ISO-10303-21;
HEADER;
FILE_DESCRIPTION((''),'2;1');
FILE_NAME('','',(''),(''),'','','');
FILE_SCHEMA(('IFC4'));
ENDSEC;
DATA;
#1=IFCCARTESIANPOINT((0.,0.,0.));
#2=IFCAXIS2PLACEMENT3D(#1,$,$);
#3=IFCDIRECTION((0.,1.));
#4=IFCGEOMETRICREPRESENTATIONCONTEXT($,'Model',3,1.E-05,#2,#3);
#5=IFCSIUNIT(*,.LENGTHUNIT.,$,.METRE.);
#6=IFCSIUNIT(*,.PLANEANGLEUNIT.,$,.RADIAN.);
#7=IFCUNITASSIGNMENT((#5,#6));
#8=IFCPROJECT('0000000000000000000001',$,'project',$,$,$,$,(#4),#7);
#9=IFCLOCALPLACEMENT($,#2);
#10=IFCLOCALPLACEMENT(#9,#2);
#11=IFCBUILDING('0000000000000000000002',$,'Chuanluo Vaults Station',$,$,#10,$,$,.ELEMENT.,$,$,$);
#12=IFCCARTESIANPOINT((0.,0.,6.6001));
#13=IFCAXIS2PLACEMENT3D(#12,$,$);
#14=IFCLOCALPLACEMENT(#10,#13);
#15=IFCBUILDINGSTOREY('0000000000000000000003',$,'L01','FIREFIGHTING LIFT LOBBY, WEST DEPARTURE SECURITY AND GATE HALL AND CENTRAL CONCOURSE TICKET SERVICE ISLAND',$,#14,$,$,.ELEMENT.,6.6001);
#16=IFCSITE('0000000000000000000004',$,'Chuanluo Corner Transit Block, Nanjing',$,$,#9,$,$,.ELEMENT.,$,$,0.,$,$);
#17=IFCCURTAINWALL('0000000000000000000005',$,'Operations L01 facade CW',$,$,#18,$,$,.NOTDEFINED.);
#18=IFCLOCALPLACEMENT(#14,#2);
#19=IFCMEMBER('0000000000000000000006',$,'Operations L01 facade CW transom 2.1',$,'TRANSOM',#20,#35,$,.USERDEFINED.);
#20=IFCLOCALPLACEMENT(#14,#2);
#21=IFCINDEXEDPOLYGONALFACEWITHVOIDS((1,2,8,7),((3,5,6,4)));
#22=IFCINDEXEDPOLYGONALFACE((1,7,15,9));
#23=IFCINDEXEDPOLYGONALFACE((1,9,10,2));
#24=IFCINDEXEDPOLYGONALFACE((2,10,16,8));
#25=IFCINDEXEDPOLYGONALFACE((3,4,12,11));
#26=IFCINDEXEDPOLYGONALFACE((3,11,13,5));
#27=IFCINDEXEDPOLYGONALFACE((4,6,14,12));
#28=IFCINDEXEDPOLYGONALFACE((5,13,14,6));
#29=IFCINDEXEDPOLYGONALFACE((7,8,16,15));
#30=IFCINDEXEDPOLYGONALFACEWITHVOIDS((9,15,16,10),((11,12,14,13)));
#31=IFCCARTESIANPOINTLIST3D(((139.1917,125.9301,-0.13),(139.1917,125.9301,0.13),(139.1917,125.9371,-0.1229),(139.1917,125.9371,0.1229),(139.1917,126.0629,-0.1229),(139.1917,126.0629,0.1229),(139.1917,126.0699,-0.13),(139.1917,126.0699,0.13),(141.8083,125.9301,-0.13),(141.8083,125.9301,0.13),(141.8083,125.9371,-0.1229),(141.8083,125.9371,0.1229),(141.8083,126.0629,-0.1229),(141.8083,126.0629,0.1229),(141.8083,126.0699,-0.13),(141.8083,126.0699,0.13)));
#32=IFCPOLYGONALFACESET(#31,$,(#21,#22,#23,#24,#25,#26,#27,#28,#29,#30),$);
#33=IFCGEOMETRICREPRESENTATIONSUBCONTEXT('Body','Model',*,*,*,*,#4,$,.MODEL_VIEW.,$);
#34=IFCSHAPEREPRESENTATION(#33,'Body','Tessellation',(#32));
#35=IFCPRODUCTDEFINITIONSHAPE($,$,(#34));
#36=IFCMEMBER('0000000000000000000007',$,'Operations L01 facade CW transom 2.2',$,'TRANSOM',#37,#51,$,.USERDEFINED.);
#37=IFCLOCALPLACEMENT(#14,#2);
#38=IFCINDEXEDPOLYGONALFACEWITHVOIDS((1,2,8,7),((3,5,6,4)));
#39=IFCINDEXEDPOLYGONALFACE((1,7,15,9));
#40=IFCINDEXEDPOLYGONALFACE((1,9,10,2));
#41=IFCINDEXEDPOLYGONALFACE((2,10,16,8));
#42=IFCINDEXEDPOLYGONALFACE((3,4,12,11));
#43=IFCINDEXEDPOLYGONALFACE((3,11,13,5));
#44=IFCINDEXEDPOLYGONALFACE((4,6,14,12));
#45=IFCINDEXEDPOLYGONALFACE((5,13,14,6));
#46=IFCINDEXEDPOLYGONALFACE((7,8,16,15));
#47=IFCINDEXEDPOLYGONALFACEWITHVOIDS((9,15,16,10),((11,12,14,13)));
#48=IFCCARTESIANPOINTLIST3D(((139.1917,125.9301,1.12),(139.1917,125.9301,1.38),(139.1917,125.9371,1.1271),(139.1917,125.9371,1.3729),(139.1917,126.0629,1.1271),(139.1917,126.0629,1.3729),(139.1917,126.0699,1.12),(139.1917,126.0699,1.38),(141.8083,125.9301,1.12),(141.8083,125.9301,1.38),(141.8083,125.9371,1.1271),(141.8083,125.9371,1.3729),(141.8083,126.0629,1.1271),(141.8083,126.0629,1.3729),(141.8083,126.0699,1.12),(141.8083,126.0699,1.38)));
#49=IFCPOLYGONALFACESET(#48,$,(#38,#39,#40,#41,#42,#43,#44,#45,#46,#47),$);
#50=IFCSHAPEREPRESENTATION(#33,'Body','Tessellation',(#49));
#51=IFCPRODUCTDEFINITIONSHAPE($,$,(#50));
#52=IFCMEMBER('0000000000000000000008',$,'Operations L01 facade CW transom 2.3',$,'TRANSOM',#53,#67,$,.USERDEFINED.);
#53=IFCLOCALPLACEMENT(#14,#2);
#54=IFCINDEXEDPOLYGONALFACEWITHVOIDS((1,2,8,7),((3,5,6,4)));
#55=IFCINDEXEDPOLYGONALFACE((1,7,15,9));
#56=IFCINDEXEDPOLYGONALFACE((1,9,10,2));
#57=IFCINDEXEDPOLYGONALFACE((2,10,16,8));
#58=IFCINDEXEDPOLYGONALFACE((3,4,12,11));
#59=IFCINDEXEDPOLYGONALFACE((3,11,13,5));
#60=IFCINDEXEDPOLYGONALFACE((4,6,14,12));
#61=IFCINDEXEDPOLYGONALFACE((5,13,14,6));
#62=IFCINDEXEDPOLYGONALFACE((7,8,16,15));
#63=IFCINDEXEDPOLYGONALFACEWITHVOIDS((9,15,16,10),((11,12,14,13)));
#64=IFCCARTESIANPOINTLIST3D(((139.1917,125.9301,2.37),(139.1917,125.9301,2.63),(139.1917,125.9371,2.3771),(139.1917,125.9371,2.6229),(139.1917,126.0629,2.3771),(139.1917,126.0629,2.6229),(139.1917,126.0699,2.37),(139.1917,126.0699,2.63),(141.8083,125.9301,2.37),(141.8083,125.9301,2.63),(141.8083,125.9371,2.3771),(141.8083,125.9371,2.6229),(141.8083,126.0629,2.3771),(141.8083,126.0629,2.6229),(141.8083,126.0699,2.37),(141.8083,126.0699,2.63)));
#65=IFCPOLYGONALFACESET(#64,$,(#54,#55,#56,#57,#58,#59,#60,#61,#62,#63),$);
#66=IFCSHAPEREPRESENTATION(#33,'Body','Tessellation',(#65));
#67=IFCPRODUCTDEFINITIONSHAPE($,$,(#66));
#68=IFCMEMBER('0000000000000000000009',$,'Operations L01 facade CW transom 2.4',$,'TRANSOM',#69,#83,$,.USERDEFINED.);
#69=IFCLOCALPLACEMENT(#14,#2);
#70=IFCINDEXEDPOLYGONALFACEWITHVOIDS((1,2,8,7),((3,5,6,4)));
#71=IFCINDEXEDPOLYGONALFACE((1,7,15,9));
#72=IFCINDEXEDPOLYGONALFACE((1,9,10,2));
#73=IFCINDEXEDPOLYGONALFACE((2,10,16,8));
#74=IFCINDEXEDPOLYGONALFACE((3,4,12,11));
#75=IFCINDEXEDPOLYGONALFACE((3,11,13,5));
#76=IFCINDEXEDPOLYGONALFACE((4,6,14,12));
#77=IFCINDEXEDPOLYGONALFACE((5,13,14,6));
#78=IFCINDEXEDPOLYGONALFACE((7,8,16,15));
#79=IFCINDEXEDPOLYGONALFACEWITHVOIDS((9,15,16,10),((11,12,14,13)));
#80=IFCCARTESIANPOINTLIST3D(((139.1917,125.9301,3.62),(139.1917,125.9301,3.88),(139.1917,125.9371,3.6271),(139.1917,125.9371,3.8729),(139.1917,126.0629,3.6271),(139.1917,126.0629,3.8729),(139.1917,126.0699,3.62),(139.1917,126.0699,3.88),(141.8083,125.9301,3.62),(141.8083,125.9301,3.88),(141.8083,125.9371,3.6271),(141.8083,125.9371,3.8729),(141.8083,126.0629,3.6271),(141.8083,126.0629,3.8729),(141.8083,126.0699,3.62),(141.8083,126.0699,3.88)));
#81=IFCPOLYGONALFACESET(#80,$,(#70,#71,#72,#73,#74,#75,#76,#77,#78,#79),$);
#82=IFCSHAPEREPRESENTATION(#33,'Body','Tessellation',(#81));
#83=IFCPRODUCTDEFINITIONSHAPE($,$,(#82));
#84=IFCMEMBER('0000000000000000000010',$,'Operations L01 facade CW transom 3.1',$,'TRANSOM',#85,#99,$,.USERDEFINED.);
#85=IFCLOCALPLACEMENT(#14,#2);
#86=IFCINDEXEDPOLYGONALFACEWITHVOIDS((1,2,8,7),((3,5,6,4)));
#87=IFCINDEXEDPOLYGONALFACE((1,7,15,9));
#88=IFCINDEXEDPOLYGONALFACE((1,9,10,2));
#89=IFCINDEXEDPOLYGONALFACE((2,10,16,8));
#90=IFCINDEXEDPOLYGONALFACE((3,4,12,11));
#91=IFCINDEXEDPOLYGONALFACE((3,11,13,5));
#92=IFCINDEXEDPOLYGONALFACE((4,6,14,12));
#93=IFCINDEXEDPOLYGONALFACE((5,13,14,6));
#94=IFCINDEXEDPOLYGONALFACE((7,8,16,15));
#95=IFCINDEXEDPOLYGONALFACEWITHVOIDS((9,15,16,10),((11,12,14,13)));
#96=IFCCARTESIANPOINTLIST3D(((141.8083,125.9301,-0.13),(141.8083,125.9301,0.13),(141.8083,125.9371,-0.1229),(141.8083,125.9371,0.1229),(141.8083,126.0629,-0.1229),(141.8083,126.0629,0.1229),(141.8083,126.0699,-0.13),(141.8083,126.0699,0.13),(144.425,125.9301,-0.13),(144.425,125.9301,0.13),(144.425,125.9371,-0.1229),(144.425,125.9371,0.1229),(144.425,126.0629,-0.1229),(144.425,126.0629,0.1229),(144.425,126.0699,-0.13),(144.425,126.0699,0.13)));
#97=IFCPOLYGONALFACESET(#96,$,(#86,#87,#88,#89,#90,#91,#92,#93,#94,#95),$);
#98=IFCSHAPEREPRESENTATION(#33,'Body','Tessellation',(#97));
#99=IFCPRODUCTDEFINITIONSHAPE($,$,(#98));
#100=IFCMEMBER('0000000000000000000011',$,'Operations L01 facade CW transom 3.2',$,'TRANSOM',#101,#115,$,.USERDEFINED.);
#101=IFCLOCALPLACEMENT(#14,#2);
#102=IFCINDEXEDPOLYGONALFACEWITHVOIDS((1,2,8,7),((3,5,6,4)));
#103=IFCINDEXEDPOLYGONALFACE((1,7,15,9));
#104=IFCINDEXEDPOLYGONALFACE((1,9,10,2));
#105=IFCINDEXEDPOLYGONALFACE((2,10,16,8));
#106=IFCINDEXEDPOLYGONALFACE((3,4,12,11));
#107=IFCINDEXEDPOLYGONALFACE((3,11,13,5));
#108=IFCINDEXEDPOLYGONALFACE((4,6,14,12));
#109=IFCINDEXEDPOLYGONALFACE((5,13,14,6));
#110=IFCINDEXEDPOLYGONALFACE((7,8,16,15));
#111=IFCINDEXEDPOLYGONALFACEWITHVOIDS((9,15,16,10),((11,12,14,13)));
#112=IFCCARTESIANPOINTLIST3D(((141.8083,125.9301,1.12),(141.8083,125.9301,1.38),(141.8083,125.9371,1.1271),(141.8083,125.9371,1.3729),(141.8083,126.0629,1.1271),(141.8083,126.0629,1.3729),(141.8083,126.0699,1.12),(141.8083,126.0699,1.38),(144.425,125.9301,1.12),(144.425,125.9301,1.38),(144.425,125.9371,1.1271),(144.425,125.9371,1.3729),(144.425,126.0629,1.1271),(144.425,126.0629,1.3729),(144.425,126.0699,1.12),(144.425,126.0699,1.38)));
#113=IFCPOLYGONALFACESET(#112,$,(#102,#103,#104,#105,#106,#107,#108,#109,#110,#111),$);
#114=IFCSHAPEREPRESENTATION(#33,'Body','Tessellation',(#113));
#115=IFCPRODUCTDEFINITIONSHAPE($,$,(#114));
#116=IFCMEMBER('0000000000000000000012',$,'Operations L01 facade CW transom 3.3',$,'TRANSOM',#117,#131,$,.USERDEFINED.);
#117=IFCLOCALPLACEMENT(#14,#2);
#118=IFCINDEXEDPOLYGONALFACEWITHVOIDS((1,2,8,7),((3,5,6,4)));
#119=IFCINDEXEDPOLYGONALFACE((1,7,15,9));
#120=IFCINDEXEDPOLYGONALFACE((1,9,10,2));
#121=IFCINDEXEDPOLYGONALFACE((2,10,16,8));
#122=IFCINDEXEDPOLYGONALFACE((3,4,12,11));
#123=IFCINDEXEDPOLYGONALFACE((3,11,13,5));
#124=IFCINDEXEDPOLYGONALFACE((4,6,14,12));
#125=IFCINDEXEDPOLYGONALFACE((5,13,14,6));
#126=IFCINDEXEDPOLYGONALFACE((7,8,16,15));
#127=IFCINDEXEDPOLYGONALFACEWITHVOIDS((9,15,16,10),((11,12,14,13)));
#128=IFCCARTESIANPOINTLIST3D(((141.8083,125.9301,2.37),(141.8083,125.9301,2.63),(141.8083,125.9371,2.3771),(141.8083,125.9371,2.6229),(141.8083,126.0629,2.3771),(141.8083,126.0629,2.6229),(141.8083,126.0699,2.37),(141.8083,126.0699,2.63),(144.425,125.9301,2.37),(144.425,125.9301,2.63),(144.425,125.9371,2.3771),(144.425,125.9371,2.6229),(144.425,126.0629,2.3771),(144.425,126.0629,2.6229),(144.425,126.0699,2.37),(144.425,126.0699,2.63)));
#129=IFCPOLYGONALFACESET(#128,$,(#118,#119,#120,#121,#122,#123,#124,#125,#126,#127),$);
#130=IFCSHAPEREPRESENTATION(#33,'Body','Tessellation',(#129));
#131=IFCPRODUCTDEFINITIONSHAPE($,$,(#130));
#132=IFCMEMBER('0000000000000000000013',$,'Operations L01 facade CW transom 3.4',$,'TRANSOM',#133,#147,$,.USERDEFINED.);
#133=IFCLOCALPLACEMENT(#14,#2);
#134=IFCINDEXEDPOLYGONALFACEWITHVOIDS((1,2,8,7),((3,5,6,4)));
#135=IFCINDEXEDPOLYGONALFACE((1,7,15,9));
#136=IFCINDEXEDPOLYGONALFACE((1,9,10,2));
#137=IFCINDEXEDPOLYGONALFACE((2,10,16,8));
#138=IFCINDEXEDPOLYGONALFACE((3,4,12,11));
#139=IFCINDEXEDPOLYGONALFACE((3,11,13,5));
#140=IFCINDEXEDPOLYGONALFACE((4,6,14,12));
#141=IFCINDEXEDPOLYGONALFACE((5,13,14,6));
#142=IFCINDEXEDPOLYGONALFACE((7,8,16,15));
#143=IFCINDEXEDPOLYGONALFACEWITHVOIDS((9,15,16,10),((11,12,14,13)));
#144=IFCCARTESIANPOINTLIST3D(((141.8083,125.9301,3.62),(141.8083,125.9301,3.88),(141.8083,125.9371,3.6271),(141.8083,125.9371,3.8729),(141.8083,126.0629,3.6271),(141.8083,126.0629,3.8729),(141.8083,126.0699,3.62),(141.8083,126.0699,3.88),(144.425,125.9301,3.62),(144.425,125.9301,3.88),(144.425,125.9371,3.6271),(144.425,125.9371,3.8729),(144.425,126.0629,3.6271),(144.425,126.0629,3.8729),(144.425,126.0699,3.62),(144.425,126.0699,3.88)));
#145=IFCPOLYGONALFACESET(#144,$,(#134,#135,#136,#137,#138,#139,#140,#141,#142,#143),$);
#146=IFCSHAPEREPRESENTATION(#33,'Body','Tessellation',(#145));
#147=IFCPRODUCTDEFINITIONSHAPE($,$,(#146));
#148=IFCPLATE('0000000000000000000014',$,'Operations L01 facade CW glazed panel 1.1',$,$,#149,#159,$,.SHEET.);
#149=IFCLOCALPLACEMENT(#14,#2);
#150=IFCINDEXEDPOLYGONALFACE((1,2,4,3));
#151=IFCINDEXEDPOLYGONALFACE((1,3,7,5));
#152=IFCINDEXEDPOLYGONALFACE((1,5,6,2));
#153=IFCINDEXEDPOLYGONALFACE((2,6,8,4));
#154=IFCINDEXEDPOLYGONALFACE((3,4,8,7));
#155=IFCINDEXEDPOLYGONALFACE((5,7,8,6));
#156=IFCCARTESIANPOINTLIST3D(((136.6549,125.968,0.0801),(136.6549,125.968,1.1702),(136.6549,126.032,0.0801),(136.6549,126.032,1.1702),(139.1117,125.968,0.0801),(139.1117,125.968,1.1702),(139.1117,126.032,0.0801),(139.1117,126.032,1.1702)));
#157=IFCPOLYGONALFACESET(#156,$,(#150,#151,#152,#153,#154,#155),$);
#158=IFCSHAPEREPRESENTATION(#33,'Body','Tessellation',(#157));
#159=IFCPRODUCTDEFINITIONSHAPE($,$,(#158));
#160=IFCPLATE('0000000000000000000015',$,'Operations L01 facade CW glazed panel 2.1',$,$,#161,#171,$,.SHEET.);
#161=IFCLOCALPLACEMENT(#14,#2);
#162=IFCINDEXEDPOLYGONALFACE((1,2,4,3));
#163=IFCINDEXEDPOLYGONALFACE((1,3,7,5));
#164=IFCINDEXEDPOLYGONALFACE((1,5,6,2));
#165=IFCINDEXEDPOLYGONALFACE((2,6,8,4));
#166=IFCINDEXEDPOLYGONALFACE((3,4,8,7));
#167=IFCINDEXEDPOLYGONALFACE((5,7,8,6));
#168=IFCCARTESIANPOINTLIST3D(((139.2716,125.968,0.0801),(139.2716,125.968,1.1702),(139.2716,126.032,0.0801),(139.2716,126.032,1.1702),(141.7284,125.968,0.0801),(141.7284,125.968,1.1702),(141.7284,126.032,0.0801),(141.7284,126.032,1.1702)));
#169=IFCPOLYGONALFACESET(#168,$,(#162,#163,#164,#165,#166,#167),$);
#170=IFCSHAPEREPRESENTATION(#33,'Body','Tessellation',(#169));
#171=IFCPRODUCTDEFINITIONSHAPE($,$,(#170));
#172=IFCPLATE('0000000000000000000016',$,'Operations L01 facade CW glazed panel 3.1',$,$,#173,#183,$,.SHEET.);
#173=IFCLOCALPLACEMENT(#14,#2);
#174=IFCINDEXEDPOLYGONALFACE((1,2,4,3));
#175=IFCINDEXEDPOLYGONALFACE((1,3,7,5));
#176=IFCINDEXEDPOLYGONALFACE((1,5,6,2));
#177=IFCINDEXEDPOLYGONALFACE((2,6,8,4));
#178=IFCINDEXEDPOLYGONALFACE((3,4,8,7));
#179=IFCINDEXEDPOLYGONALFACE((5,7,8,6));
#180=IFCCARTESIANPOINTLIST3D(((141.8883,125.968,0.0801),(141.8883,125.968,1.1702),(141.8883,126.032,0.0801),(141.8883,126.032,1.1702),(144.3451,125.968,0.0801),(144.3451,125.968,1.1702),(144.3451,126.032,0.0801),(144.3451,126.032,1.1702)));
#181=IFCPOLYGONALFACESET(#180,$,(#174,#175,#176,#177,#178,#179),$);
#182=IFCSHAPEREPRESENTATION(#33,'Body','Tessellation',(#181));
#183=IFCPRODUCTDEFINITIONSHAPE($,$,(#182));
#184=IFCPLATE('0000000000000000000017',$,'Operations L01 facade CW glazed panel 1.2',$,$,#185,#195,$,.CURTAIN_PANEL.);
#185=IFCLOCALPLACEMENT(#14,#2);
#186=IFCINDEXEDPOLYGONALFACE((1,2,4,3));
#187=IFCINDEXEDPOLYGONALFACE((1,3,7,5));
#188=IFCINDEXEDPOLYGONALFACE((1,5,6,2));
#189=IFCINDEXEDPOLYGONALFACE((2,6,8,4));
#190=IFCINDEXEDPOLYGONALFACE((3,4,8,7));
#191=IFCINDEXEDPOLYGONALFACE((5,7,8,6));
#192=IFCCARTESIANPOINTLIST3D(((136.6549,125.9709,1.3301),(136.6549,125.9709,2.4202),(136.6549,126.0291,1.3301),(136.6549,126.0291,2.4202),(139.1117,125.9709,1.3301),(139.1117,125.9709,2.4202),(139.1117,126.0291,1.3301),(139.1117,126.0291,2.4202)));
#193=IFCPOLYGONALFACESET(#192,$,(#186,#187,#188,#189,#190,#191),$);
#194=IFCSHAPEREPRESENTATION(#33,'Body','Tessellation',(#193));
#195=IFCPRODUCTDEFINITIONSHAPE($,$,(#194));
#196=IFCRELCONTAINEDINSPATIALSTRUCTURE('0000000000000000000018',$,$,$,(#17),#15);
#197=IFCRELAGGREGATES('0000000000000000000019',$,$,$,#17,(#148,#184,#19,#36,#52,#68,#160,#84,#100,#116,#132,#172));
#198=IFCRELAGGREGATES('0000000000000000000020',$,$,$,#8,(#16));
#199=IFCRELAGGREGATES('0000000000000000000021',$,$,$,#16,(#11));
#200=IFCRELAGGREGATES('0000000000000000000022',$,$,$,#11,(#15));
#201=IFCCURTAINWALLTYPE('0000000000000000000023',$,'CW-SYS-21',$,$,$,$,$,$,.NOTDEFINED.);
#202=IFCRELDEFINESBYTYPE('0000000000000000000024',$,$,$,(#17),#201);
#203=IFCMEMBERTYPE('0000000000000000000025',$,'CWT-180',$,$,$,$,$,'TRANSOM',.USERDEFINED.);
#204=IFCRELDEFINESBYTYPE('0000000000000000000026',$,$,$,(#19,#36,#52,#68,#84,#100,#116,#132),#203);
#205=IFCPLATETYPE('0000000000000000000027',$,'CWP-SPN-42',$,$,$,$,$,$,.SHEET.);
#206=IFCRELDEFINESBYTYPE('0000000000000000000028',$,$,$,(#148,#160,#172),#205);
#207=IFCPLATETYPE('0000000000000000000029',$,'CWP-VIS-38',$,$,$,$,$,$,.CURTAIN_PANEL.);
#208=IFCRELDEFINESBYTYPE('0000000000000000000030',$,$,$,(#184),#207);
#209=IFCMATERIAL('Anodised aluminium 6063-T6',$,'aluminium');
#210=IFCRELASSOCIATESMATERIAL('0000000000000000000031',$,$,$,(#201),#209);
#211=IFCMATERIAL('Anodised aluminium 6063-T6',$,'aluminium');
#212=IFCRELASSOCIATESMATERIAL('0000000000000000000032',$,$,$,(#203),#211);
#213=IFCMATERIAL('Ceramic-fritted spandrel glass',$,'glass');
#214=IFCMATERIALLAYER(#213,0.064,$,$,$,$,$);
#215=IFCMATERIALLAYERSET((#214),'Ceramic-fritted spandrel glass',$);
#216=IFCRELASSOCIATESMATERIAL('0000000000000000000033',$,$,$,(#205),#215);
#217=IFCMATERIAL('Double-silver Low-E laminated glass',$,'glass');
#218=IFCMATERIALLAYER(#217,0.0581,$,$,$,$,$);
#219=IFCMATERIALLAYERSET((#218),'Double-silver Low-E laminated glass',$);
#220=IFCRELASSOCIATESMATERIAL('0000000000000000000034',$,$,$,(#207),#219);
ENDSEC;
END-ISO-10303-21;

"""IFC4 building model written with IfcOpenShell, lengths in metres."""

from ifc_helpers import new_model, si_unit, direction, frame, origin, origin_2d, place, context, subcontext, project, spatial, rectangle, hollow_rectangle, extrude, material, layer, layer_set, material_profile, profile_set, type_object, element, aggregate, save


model = new_model("IFC4")

# Units and contexts
model_context = context("Model", 3, precision=1e-05, world=origin(), true_north=direction((0.0, 1.0)))
body_context = subcontext(model_context, "Body", "Model", "MODEL_VIEW")
ifc_project = project(units=[si_unit("LENGTHUNIT", "METRE"), si_unit("PLANEANGLEUNIT", "RADIAN")], contexts=[model_context])

# Site, building, storey
site_placement = place(None, origin())
site = spatial("IfcSite", under=ifc_project, at=site_placement, Name="Chuanluo Corner Transit Block, Nanjing", CompositionType="ELEMENT", RefElevation=0.0)
building_placement = place(site_placement, origin())
building = spatial("IfcBuilding", under=site, at=building_placement, Name="Chuanluo Vaults Station", CompositionType="ELEMENT")
storey_placement = place(building_placement, frame((0.0, 0.0, 6.6001)))
storey = spatial("IfcBuildingStorey", under=building, at=storey_placement, Name="L01", Description="FIREFIGHTING LIFT LOBBY, WEST DEPARTURE SECURITY AND GATE HALL AND CENTRAL CONCOURSE TICKET SERVICE ISLAND", CompositionType="ELEMENT", Elevation=6.6001)

# Curtain wall, members, plates
ifc_material_1 = material(Name="Anodised aluminium 6063-T6", Category="aluminium")
curtain_wall_type = type_object("IfcCurtainWallType", Name="CW-SYS-21", PredefinedType="NOTDEFINED", material=ifc_material_1)
curtain_wall_placement = place(storey_placement, origin())
curtain_wall = element("IfcCurtainWall", 1, at=curtain_wall_placement, inside=storey, type_object=curtain_wall_type, Name="Operations L01 facade CW", PredefinedType="NOTDEFINED")
ifc_material_2 = material(Name="Anodised aluminium 6063-T6", Category="aluminium")
ifc_material_profile_1 = material_profile(ifc_material_2, hollow_rectangle(XDim=0.1399, YDim=0.26, WallThickness=0.0071, at=origin_2d()))
ifc_profile_set_1 = profile_set([ifc_material_profile_1], Name="Anodised aluminium 6063-T6")
member_type_1 = type_object("IfcMemberType", Name="CWT-180", ElementType="TRANSOM", PredefinedType="USERDEFINED", material=ifc_profile_set_1)
member_1_placement = place(storey_placement, frame((139.1917, 126.0, 0.0), z_axis=(1.0, 0.0, 0.0), x_axis=(0.0, 1.0, 0.0)))
member_1 = element("IfcMember", 2, at=member_1_placement, type_object=member_type_1, Name="Operations L01 facade CW transom 2.1", ObjectType="TRANSOM", PredefinedType="USERDEFINED", context=body_context, shape_type="SweptSolid", body=[
    extrude(hollow_rectangle(XDim=0.1399, YDim=0.26, WallThickness=0.0071, at=origin_2d()), origin(), (0.0, 0.0, 1.0), 2.6167),
])
member_2_placement = place(storey_placement, frame((139.1917, 126.0, 1.25), z_axis=(1.0, 0.0, 0.0), x_axis=(0.0, 1.0, 0.0)))
member_2 = element("IfcMember", 3, at=member_2_placement, type_object=member_type_1, Name="Operations L01 facade CW transom 2.2", ObjectType="TRANSOM", PredefinedType="USERDEFINED", context=body_context, shape_type="SweptSolid", body=[
    extrude(hollow_rectangle(XDim=0.1399, YDim=0.26, WallThickness=0.0071, at=origin_2d()), origin(), (0.0, 0.0, 1.0), 2.6167),
])
member_3_placement = place(storey_placement, frame((139.1917, 126.0, 2.5), z_axis=(1.0, 0.0, 0.0), x_axis=(0.0, 1.0, 0.0)))
member_3 = element("IfcMember", 4, at=member_3_placement, type_object=member_type_1, Name="Operations L01 facade CW transom 2.3", ObjectType="TRANSOM", PredefinedType="USERDEFINED", context=body_context, shape_type="SweptSolid", body=[
    extrude(hollow_rectangle(XDim=0.1399, YDim=0.26, WallThickness=0.0071, at=origin_2d()), origin(), (0.0, 0.0, 1.0), 2.6167),
])
member_4_placement = place(storey_placement, frame((139.1917, 126.0, 3.75), z_axis=(1.0, 0.0, 0.0), x_axis=(0.0, 1.0, 0.0)))
member_4 = element("IfcMember", 5, at=member_4_placement, type_object=member_type_1, Name="Operations L01 facade CW transom 2.4", ObjectType="TRANSOM", PredefinedType="USERDEFINED", context=body_context, shape_type="SweptSolid", body=[
    extrude(hollow_rectangle(XDim=0.1399, YDim=0.26, WallThickness=0.0071, at=origin_2d()), origin(), (0.0, 0.0, 1.0), 2.6167),
])
member_5_placement = place(storey_placement, frame((141.8083, 126.0, 0.0), z_axis=(1.0, 0.0, 0.0), x_axis=(0.0, 1.0, 0.0)))
member_5 = element("IfcMember", 6, at=member_5_placement, type_object=member_type_1, Name="Operations L01 facade CW transom 3.1", ObjectType="TRANSOM", PredefinedType="USERDEFINED", context=body_context, shape_type="SweptSolid", body=[
    extrude(hollow_rectangle(XDim=0.1399, YDim=0.26, WallThickness=0.0071, at=origin_2d()), origin(), (0.0, 0.0, 1.0), 2.6167),
])
member_6_placement = place(storey_placement, frame((141.8083, 126.0, 1.25), z_axis=(1.0, 0.0, 0.0), x_axis=(0.0, 1.0, 0.0)))
member_6 = element("IfcMember", 7, at=member_6_placement, type_object=member_type_1, Name="Operations L01 facade CW transom 3.2", ObjectType="TRANSOM", PredefinedType="USERDEFINED", context=body_context, shape_type="SweptSolid", body=[
    extrude(hollow_rectangle(XDim=0.1399, YDim=0.26, WallThickness=0.0071, at=origin_2d()), origin(), (0.0, 0.0, 1.0), 2.6167),
])
member_7_placement = place(storey_placement, frame((141.8083, 126.0, 2.5), z_axis=(1.0, 0.0, 0.0), x_axis=(0.0, 1.0, 0.0)))
member_7 = element("IfcMember", 8, at=member_7_placement, type_object=member_type_1, Name="Operations L01 facade CW transom 3.3", ObjectType="TRANSOM", PredefinedType="USERDEFINED", context=body_context, shape_type="SweptSolid", body=[
    extrude(hollow_rectangle(XDim=0.1399, YDim=0.26, WallThickness=0.0071, at=origin_2d()), origin(), (0.0, 0.0, 1.0), 2.6167),
])
member_8_placement = place(storey_placement, frame((141.8083, 126.0, 3.75), z_axis=(1.0, 0.0, 0.0), x_axis=(0.0, 1.0, 0.0)))
member_8 = element("IfcMember", 9, at=member_8_placement, type_object=member_type_1, Name="Operations L01 facade CW transom 3.4", ObjectType="TRANSOM", PredefinedType="USERDEFINED", context=body_context, shape_type="SweptSolid", body=[
    extrude(hollow_rectangle(XDim=0.1399, YDim=0.26, WallThickness=0.0071, at=origin_2d()), origin(), (0.0, 0.0, 1.0), 2.6167),
])
ifc_material_3 = material(Name="Ceramic-fritted spandrel glass", Category="glass")
ifc_layer_1 = layer(ifc_material_3, 0.064)
ifc_layer_set_1 = layer_set([ifc_layer_1], Name="Ceramic-fritted spandrel glass")
plate_type_1 = type_object("IfcPlateType", Name="CWP-SPN-42", PredefinedType="SHEET", material=ifc_layer_set_1)
plate_1_placement = place(storey_placement, frame((137.8833, 126.0, 0.0801), z_axis=(0.0, 0.0, 1.0), x_axis=(1.0, 0.0, 0.0)))
plate_1 = element("IfcPlate", 10, at=plate_1_placement, type_object=plate_type_1, Name="Operations L01 facade CW glazed panel 1.1", PredefinedType="SHEET", context=body_context, shape_type="SweptSolid", body=[
    extrude(rectangle(XDim=2.4568, YDim=0.064, at=origin_2d()), origin(), (0.0, 0.0, 1.0), 1.0901),
])
plate_2_placement = place(storey_placement, frame((140.5, 126.0, 0.0801), z_axis=(0.0, 0.0, 1.0), x_axis=(1.0, 0.0, 0.0)))
plate_2 = element("IfcPlate", 11, at=plate_2_placement, type_object=plate_type_1, Name="Operations L01 facade CW glazed panel 2.1", PredefinedType="SHEET", context=body_context, shape_type="SweptSolid", body=[
    extrude(rectangle(XDim=2.4568, YDim=0.064, at=origin_2d()), origin(), (0.0, 0.0, 1.0), 1.0901),
])
plate_3_placement = place(storey_placement, frame((143.1167, 126.0, 0.0801), z_axis=(0.0, 0.0, 1.0), x_axis=(1.0, 0.0, 0.0)))
plate_3 = element("IfcPlate", 12, at=plate_3_placement, type_object=plate_type_1, Name="Operations L01 facade CW glazed panel 3.1", PredefinedType="SHEET", context=body_context, shape_type="SweptSolid", body=[
    extrude(rectangle(XDim=2.4568, YDim=0.064, at=origin_2d()), origin(), (0.0, 0.0, 1.0), 1.0901),
])
ifc_material_4 = material(Name="Double-silver Low-E laminated glass", Category="glass")
ifc_layer_2 = layer(ifc_material_4, 0.0581)
ifc_layer_set_2 = layer_set([ifc_layer_2], Name="Double-silver Low-E laminated glass")
plate_type_2 = type_object("IfcPlateType", Name="CWP-VIS-38", PredefinedType="CURTAIN_PANEL", material=ifc_layer_set_2)
plate_4_placement = place(storey_placement, frame((137.8833, 126.0, 1.3301), z_axis=(0.0, 0.0, 1.0), x_axis=(1.0, 0.0, 0.0)))
plate_4 = element("IfcPlate", 13, at=plate_4_placement, type_object=plate_type_2, Name="Operations L01 facade CW glazed panel 1.2", PredefinedType="CURTAIN_PANEL", context=body_context, shape_type="SweptSolid", body=[
    extrude(rectangle(XDim=2.4568, YDim=0.0581, at=origin_2d()), origin(), (0.0, 0.0, 1.0), 1.0901),
])
aggregate(curtain_wall, [plate_1, plate_4, member_1, member_2, member_3, member_4, plate_2, member_5, member_6, member_7, member_8, plate_3])

save(model, "model.ifc")
